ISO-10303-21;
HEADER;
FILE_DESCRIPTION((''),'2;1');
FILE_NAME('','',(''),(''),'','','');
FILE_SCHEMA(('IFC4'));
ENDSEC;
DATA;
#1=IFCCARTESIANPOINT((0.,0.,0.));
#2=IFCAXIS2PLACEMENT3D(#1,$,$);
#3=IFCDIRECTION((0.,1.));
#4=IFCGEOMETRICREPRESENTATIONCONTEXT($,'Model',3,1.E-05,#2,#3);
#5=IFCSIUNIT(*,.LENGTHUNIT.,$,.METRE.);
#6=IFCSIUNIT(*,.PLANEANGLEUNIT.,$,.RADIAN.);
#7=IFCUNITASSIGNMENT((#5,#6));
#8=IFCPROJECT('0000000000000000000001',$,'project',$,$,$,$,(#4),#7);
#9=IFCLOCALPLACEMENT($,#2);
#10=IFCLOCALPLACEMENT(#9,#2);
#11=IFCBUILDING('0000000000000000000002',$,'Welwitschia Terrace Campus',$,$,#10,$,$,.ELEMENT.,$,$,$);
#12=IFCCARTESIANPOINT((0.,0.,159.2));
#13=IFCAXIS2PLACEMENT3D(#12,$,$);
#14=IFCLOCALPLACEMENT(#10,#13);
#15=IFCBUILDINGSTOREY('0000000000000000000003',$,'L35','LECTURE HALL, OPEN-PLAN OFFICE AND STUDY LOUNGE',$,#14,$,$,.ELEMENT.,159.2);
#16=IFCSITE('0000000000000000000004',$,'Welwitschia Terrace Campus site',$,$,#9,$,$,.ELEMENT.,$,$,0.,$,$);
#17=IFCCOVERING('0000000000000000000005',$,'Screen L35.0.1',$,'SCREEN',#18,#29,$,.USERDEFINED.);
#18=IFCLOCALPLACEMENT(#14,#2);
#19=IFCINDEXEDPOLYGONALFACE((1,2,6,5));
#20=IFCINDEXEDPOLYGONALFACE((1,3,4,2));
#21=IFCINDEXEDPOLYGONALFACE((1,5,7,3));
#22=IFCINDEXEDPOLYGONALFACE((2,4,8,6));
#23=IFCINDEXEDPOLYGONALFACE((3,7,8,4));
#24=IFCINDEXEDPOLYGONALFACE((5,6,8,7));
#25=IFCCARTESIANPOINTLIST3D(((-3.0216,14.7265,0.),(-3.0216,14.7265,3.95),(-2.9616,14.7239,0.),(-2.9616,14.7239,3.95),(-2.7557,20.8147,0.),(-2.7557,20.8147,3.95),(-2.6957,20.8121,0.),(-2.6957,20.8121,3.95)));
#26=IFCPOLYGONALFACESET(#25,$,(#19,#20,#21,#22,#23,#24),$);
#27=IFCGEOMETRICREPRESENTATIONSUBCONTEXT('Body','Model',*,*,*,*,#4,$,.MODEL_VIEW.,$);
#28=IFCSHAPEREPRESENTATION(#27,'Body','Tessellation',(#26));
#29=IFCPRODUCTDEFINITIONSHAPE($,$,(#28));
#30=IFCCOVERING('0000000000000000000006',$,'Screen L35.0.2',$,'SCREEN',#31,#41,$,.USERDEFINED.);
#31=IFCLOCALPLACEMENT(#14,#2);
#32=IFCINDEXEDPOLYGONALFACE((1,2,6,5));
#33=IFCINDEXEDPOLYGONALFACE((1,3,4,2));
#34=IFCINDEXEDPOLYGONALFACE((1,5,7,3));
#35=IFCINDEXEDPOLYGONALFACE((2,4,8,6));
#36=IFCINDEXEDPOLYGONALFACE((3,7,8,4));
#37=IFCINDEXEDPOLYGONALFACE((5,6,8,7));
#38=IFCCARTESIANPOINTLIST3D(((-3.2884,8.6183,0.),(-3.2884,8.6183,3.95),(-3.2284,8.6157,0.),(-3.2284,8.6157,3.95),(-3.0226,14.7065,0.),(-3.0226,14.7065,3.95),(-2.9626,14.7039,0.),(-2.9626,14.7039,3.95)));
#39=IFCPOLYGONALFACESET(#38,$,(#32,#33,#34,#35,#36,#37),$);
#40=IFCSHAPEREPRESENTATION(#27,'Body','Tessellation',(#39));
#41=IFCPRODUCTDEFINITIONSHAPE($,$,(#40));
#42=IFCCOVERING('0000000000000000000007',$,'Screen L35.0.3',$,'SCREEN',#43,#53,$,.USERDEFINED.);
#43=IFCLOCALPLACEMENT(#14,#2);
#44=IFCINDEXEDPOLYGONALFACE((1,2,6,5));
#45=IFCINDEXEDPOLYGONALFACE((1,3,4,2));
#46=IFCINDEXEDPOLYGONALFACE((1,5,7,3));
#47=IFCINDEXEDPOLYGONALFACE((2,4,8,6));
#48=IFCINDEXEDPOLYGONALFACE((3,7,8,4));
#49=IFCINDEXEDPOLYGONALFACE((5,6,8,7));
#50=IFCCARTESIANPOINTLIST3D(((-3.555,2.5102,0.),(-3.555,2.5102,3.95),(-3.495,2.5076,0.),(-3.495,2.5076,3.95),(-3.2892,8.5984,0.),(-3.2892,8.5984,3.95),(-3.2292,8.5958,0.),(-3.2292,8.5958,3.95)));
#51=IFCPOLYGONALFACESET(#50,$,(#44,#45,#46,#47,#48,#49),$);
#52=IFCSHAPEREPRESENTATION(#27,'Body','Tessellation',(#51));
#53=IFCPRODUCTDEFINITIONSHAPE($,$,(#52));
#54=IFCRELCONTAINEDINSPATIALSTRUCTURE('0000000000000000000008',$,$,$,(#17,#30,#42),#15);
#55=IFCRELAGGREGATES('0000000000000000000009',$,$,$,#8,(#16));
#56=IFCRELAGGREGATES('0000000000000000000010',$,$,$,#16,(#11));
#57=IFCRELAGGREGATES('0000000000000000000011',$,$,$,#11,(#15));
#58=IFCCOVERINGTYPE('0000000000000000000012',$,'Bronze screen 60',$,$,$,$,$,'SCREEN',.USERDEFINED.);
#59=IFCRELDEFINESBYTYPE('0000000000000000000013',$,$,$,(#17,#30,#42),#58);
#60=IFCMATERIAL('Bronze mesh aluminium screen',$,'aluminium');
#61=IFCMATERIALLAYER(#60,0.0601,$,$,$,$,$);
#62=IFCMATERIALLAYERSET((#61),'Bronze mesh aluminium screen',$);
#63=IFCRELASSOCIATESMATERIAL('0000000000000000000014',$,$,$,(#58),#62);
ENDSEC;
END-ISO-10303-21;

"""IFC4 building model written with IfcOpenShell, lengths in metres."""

from ifc_helpers import new_model, si_unit, direction, frame, origin, origin_2d, place, context, subcontext, project, spatial, rectangle, extrude, material, layer, layer_set, type_object, element, save


model = new_model("IFC4")

# Units and contexts
model_context = context("Model", 3, precision=1e-05, world=origin(), true_north=direction((0.0, 1.0)))
body_context = subcontext(model_context, "Body", "Model", "MODEL_VIEW")
ifc_project = project(units=[si_unit("LENGTHUNIT", "METRE"), si_unit("PLANEANGLEUNIT", "RADIAN")], contexts=[model_context])

# Site, building, storey
site_placement = place(None, origin())
site = spatial("IfcSite", under=ifc_project, at=site_placement, Name="Welwitschia Terrace Campus site", CompositionType="ELEMENT", RefElevation=0.0)
building_placement = place(site_placement, origin())
building = spatial("IfcBuilding", under=site, at=building_placement, Name="Welwitschia Terrace Campus", CompositionType="ELEMENT")
storey_placement = place(building_placement, frame((0.0, 0.0, 159.2)))
storey = spatial("IfcBuildingStorey", under=building, at=storey_placement, Name="L35", Description="LECTURE HALL, OPEN-PLAN OFFICE AND STUDY LOUNGE", CompositionType="ELEMENT", Elevation=159.2)

# Coverings
ifc_material_1 = material(Name="Bronze mesh aluminium screen", Category="aluminium")
ifc_layer_1 = layer(ifc_material_1, 0.0601)
ifc_layer_set_1 = layer_set([ifc_layer_1], Name="Bronze mesh aluminium screen")
covering_type = type_object("IfcCoveringType", Name="Bronze screen 60", ElementType="SCREEN", PredefinedType="USERDEFINED", material=ifc_layer_set_1)
for number, where, z_axis, x_axis, name in (
    (1, (-2.8586, 17.7693, 0.0), (0.0, 0.0, 1.0), (-0.043619, -0.999048, 0.0), "Screen L35.0.1"),
    (2, (-3.1255, 11.6611, 0.0), (0.0, 0.0, 1.0), (-0.043619, -0.999048, 0.0), "Screen L35.0.2"),
    (3, (-3.3921, 5.553, 0.0), (0.0, 0.0, 1.0), (-0.043619, -0.999048, 0.0), "Screen L35.0.3"),
):
    element("IfcCovering", number, at=place(storey_placement, frame(where, z_axis=z_axis, x_axis=x_axis)), inside=storey, type_object=covering_type, Name=name, ObjectType="SCREEN", PredefinedType="USERDEFINED", context=body_context, shape_type="SweptSolid", body=[
        extrude(rectangle(XDim=6.094, YDim=0.0601, at=origin_2d()), origin(), (0.0, 0.0, 1.0), 3.95),
    ])

save(model, "model.ifc")
